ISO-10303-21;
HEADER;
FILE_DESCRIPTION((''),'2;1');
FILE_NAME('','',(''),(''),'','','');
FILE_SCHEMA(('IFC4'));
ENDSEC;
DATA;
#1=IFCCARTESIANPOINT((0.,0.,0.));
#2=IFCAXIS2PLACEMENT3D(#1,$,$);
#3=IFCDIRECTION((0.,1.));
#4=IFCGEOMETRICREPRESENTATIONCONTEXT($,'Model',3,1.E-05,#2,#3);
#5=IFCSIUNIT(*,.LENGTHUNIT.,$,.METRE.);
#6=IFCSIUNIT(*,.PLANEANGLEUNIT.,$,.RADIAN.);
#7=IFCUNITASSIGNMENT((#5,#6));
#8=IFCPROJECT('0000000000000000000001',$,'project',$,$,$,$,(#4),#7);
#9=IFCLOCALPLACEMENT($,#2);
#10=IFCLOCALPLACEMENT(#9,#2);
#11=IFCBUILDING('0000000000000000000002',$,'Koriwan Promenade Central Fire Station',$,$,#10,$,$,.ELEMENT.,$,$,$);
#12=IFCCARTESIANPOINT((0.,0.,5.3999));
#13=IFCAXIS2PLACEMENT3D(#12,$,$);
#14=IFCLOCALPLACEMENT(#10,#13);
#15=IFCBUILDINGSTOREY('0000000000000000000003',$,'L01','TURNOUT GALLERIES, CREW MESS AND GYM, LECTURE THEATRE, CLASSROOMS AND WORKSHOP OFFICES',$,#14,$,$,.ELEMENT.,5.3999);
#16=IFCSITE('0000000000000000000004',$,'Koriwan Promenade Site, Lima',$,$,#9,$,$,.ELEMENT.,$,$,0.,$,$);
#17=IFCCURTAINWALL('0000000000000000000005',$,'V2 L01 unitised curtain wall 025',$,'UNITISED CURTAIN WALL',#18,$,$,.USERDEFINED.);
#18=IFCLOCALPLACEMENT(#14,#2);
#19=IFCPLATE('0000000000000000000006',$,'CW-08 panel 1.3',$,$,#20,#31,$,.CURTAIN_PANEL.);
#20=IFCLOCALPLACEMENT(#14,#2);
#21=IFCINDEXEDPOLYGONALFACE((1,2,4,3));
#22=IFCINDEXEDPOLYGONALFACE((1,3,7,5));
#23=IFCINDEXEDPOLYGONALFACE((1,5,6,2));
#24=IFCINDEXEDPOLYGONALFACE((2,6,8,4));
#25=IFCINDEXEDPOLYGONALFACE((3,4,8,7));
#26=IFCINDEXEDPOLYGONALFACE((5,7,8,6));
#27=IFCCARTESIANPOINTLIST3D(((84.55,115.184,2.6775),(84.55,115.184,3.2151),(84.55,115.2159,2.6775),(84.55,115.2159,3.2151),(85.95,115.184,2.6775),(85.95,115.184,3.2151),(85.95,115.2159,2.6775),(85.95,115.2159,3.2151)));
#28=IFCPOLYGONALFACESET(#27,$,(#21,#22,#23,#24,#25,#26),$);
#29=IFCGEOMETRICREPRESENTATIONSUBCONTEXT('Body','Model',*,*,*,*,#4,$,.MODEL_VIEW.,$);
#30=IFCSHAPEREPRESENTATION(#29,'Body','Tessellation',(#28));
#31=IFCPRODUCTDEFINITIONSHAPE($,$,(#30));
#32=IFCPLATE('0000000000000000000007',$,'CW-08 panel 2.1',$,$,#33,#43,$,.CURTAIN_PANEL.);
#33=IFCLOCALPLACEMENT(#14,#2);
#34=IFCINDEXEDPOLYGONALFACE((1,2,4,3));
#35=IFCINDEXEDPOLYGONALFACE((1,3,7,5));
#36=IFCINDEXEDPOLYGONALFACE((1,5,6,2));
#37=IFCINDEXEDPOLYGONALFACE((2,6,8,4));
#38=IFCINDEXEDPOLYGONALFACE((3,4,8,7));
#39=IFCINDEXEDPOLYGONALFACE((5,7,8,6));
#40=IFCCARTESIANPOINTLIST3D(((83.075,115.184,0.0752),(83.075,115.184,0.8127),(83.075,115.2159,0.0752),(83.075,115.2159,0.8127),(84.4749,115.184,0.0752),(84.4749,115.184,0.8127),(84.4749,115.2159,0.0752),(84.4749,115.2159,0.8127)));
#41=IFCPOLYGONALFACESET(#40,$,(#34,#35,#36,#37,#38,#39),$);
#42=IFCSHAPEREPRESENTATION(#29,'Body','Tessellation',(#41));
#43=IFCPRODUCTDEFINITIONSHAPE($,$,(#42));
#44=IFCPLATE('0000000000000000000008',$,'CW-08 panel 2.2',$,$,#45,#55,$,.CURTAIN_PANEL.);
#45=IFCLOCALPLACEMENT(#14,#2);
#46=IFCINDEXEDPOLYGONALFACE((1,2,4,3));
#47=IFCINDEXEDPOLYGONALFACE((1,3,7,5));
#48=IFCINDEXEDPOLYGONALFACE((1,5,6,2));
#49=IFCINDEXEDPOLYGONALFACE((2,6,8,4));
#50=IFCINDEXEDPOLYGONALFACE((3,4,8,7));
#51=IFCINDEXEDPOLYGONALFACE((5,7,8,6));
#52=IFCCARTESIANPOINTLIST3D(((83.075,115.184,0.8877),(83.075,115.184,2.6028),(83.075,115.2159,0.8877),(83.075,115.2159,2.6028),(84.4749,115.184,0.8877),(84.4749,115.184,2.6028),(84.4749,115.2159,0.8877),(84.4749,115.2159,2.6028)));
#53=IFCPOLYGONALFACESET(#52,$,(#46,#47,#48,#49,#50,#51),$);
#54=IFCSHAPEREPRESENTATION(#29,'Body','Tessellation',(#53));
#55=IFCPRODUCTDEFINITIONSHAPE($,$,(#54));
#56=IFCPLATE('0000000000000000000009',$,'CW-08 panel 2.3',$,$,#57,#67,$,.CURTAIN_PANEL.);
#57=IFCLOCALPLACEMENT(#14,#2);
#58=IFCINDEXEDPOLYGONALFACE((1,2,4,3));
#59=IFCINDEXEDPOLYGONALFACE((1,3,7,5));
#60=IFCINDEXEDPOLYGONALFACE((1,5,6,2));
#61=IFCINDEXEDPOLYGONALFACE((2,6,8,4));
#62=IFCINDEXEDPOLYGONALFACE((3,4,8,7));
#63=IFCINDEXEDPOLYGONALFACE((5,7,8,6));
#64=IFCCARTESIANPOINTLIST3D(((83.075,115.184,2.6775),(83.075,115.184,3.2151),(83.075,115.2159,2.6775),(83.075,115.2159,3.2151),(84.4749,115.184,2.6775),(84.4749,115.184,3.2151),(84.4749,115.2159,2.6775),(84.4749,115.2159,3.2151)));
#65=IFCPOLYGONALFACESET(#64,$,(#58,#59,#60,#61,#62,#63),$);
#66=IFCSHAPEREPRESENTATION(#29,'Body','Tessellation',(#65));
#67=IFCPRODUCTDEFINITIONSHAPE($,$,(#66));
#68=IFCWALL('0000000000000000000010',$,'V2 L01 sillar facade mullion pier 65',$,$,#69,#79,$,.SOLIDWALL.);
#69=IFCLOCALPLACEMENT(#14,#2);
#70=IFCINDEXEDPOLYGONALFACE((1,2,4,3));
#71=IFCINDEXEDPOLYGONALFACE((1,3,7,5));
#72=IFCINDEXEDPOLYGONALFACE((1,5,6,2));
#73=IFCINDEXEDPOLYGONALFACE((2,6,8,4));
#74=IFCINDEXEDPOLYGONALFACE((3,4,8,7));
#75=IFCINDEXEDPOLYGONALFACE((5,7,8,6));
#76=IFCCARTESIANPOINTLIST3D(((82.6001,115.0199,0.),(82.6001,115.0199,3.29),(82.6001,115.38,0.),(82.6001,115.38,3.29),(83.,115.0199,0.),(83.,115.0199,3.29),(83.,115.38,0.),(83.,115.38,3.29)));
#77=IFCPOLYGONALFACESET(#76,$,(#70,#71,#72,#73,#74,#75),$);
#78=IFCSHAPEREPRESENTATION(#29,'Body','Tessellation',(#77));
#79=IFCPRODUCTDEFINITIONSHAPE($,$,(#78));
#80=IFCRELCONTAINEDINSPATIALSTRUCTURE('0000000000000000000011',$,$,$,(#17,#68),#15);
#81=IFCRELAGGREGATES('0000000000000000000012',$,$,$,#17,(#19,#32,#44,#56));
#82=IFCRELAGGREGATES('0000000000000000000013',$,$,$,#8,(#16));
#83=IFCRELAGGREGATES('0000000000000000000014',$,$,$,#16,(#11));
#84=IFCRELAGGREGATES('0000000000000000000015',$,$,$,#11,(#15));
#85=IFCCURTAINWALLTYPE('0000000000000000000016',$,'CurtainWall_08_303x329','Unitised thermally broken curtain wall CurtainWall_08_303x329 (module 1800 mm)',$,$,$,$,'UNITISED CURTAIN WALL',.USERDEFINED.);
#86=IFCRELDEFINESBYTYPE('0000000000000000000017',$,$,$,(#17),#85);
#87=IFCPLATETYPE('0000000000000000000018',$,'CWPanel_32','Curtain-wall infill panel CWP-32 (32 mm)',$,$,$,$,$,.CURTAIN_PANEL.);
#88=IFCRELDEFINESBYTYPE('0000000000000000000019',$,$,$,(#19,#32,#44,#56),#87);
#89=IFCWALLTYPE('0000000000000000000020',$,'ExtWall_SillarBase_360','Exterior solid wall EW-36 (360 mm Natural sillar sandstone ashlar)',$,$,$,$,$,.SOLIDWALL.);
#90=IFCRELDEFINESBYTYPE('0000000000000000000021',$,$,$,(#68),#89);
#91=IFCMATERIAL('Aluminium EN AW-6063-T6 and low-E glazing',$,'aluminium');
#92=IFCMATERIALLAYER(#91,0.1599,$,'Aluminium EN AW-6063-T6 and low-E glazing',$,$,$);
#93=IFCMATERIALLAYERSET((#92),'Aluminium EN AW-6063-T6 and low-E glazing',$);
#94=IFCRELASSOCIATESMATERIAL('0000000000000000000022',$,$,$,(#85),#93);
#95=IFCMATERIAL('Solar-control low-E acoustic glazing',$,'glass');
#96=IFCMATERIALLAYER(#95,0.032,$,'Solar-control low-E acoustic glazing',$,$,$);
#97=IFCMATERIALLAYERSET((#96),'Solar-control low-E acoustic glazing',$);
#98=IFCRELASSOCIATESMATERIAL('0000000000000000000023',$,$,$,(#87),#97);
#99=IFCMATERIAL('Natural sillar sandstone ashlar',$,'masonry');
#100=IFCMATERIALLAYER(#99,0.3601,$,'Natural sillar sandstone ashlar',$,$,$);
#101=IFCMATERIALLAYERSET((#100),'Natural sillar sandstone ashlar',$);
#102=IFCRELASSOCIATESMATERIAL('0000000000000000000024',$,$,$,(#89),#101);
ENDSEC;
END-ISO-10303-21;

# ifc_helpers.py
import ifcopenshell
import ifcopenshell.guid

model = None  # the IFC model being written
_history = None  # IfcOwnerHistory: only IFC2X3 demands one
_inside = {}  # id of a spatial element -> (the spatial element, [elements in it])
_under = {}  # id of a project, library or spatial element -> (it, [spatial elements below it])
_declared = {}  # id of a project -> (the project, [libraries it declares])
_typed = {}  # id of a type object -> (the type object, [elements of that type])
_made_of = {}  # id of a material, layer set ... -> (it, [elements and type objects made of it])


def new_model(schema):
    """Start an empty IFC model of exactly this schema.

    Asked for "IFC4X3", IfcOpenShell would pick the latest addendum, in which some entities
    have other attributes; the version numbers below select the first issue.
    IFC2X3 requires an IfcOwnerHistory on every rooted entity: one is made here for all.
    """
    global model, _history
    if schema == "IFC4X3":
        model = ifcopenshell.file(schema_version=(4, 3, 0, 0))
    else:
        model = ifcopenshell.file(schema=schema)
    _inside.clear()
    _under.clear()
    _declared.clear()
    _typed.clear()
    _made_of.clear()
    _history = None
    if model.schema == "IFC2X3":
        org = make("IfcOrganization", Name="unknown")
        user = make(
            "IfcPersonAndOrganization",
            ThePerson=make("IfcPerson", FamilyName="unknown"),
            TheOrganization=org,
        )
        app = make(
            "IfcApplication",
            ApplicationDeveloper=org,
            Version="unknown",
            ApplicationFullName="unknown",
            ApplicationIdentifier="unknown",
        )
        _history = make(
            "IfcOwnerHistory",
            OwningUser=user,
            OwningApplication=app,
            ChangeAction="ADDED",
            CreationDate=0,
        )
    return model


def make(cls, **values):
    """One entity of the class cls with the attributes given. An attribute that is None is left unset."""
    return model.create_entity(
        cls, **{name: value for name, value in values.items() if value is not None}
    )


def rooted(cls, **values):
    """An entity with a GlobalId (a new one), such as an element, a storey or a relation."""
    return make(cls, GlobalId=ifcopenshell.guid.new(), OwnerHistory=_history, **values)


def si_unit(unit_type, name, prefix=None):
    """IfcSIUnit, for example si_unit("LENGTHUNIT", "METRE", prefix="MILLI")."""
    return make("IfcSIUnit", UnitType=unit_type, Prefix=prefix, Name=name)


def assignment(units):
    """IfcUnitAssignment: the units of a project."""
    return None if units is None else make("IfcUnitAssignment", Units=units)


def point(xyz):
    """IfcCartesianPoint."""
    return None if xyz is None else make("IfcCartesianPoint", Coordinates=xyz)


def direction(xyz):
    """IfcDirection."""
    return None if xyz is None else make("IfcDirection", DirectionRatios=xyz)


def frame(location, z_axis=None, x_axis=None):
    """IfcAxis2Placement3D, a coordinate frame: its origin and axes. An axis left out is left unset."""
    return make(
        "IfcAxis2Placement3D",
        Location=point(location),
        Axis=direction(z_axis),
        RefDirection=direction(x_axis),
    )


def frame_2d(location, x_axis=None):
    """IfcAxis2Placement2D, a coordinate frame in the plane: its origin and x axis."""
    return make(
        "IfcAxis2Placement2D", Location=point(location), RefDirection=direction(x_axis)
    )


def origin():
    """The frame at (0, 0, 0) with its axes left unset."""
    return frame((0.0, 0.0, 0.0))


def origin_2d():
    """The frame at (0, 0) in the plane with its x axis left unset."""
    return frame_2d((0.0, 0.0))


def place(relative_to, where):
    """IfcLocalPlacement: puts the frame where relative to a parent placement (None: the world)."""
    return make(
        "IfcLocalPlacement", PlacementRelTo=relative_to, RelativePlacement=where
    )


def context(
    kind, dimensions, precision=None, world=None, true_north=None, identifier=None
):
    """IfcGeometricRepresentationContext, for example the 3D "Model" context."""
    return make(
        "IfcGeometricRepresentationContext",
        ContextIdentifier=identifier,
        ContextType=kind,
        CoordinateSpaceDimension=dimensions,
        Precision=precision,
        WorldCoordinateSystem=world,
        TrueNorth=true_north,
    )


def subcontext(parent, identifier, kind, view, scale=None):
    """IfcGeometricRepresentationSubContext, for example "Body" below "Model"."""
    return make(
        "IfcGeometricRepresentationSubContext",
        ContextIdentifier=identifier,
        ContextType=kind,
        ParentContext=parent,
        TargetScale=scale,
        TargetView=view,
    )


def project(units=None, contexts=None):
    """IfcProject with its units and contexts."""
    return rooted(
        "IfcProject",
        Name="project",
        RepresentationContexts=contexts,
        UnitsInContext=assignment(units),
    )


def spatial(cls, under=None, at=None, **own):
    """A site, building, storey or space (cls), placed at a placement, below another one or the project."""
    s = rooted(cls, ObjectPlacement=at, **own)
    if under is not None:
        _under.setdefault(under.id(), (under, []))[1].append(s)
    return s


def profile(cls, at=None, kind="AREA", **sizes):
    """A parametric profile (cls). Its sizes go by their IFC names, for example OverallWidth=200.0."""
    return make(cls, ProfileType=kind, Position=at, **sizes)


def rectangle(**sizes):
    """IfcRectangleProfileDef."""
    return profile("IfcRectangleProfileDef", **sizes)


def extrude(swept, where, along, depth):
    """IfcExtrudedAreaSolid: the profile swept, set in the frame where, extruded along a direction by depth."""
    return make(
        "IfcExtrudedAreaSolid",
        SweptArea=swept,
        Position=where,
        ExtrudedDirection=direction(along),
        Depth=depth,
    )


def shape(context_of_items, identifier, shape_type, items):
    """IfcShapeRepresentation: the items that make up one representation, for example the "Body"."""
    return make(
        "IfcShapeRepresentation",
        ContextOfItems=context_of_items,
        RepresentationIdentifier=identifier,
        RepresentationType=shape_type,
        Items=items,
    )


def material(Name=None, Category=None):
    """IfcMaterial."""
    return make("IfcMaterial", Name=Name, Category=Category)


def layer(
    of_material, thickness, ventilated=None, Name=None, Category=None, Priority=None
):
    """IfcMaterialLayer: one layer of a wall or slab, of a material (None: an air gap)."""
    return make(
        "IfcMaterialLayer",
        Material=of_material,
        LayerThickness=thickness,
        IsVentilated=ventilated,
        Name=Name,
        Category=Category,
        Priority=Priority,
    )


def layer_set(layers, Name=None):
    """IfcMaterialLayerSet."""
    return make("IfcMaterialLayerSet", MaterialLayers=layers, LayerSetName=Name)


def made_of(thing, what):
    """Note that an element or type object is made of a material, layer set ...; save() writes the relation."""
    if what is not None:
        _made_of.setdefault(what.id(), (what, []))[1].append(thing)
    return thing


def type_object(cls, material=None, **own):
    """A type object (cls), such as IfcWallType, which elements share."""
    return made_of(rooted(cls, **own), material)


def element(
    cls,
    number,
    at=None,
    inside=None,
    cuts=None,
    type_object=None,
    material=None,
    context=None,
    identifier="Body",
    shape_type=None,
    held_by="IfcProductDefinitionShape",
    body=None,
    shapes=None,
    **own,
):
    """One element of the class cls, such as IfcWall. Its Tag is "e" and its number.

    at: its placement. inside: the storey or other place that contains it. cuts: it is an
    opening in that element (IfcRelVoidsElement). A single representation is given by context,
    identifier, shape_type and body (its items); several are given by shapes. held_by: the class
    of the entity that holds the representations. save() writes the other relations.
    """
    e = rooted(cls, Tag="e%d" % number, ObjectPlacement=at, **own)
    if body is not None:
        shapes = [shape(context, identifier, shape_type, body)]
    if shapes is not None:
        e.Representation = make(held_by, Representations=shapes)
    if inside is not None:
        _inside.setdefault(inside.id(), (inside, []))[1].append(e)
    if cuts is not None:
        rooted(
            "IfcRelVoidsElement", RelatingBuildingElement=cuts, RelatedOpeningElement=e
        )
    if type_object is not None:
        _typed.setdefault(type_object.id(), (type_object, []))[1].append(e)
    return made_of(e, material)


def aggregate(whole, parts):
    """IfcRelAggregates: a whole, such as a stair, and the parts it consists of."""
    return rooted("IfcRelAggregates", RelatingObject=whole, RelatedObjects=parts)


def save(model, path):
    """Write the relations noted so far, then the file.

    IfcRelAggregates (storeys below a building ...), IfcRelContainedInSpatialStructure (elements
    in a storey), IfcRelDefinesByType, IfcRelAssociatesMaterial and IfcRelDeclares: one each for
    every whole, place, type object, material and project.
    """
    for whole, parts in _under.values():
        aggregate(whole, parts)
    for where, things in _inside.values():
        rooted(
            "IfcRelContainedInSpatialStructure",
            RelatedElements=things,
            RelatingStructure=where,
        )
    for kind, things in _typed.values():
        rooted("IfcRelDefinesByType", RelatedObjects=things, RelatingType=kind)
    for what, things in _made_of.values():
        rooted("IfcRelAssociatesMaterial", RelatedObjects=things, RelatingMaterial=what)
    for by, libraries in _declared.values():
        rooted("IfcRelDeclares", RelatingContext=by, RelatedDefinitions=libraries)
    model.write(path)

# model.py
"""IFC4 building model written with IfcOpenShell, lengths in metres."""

from ifc_helpers import new_model, si_unit, direction, frame, frame_2d, origin, origin_2d, place, context, subcontext, project, spatial, rectangle, extrude, material, layer, layer_set, type_object, element, aggregate, save


model = new_model("IFC4")

# Units and contexts
model_context = context("Model", 3, precision=1e-05, world=origin(), true_north=direction((0.0, 1.0)))
body_context = subcontext(model_context, "Body", "Model", "MODEL_VIEW")
ifc_project = project(units=[si_unit("LENGTHUNIT", "METRE"), si_unit("PLANEANGLEUNIT", "RADIAN")], contexts=[model_context])

# Site, building, storey
site_placement = place(None, origin())
site = spatial("IfcSite", under=ifc_project, at=site_placement, Name="Koriwan Promenade Site, Lima", CompositionType="ELEMENT", RefElevation=0.0)
building_placement = place(site_placement, origin())
building = spatial("IfcBuilding", under=site, at=building_placement, Name="Koriwan Promenade Central Fire Station", CompositionType="ELEMENT")
storey_placement = place(building_placement, frame((0.0, 0.0, 5.3999)))
storey = spatial("IfcBuildingStorey", under=building, at=storey_placement, Name="L01", Description="TURNOUT GALLERIES, CREW MESS AND GYM, LECTURE THEATRE, CLASSROOMS AND WORKSHOP OFFICES", CompositionType="ELEMENT", Elevation=5.3999)

# Curtain wall
ifc_material_1 = material(Name="Aluminium EN AW-6063-T6 and low-E glazing", Category="aluminium")
ifc_layer_1 = layer(ifc_material_1, 0.1599, Name="Aluminium EN AW-6063-T6 and low-E glazing")
ifc_layer_set_1 = layer_set([ifc_layer_1], Name="Aluminium EN AW-6063-T6 and low-E glazing")
curtain_wall_type_1 = type_object("IfcCurtainWallType", Name="CurtainWall_08_303x329", Description="Unitised thermally broken curtain wall CurtainWall_08_303x329 (module 1800 mm)", ElementType="UNITISED CURTAIN WALL", PredefinedType="USERDEFINED", material=ifc_layer_set_1)
curtain_wall_1_placement = place(storey_placement, origin())
curtain_wall_1 = element("IfcCurtainWall", 1, at=curtain_wall_1_placement, inside=storey, type_object=curtain_wall_type_1, Name="V2 L01 unitised curtain wall 025", ObjectType="UNITISED CURTAIN WALL", PredefinedType="USERDEFINED")

# Plates
ifc_material_2 = material(Name="Solar-control low-E acoustic glazing", Category="glass")
ifc_layer_2 = layer(ifc_material_2, 0.032, Name="Solar-control low-E acoustic glazing")
ifc_layer_set_2 = layer_set([ifc_layer_2], Name="Solar-control low-E acoustic glazing")
plate_type = type_object("IfcPlateType", Name="CWPanel_32", Description="Curtain-wall infill panel CWP-32 (32 mm)", PredefinedType="CURTAIN_PANEL", material=ifc_layer_set_2)
plate_1_placement = place(storey_placement, frame((85.25, 115.2, 2.6775), z_axis=(0.0, 0.0, 1.0), x_axis=(-1.0, 0.0, 0.0)))
plate_1 = element("IfcPlate", 2, at=plate_1_placement, type_object=plate_type, Name="CW-08 panel 1.3", PredefinedType="CURTAIN_PANEL", context=body_context, shape_type="SweptSolid", body=[
    extrude(rectangle(XDim=1.3999, YDim=0.032, at=origin_2d()), origin(), (0.0, 0.0, 1.0), 0.5376),
])
plate_2_placement = place(storey_placement, frame((83.7749, 115.2, 0.0752), z_axis=(0.0, 0.0, 1.0), x_axis=(-1.0, 0.0, 0.0)))
plate_2 = element("IfcPlate", 3, at=plate_2_placement, type_object=plate_type, Name="CW-08 panel 2.1", PredefinedType="CURTAIN_PANEL", context=body_context, shape_type="SweptSolid", body=[
    extrude(rectangle(XDim=1.3999, YDim=0.032, at=origin_2d()), origin(), (0.0, 0.0, 1.0), 0.7375),
])
plate_3_placement = place(storey_placement, frame((83.7749, 115.2, 0.8877), z_axis=(0.0, 0.0, 1.0), x_axis=(-1.0, 0.0, 0.0)))
plate_3 = element("IfcPlate", 4, at=plate_3_placement, type_object=plate_type, Name="CW-08 panel 2.2", PredefinedType="CURTAIN_PANEL", context=body_context, shape_type="SweptSolid", body=[
    extrude(rectangle(XDim=1.3999, YDim=0.032, at=origin_2d()), origin(), (0.0, 0.0, 1.0), 1.7151),
])
plate_4_placement = place(storey_placement, frame((83.7749, 115.2, 2.6775), z_axis=(0.0, 0.0, 1.0), x_axis=(-1.0, 0.0, 0.0)))
plate_4 = element("IfcPlate", 5, at=plate_4_placement, type_object=plate_type, Name="CW-08 panel 2.3", PredefinedType="CURTAIN_PANEL", context=body_context, shape_type="SweptSolid", body=[
    extrude(rectangle(XDim=1.3999, YDim=0.032, at=origin_2d()), origin(), (0.0, 0.0, 1.0), 0.5376),
])
aggregate(curtain_wall_1, [plate_1, plate_2, plate_3, plate_4])

# Wall
ifc_material_3 = material(Name="Natural sillar sandstone ashlar", Category="masonry")
ifc_layer_3 = layer(ifc_material_3, 0.3601, Name="Natural sillar sandstone ashlar")
ifc_layer_set_3 = layer_set([ifc_layer_3], Name="Natural sillar sandstone ashlar")
wall_type = type_object("IfcWallType", Name="ExtWall_SillarBase_360", Description="Exterior solid wall EW-36 (360 mm Natural sillar sandstone ashlar)", PredefinedType="SOLIDWALL", material=ifc_layer_set_3)
wall_placement = place(storey_placement, frame((83.0, 115.2, 0.0), z_axis=(0.0, 0.0, 1.0), x_axis=(-1.0, 0.0, 0.0)))
element("IfcWall", 6, at=wall_placement, inside=storey, type_object=wall_type, Name="V2 L01 sillar facade mullion pier 65", PredefinedType="SOLIDWALL", context=body_context, shape_type="SweptSolid", body=[
    extrude(rectangle(XDim=0.3999, YDim=0.3601, at=frame_2d((0.2, 0.0))), origin(), (0.0, 0.0, 1.0), 3.29),
])

save(model, "model.ifc")
